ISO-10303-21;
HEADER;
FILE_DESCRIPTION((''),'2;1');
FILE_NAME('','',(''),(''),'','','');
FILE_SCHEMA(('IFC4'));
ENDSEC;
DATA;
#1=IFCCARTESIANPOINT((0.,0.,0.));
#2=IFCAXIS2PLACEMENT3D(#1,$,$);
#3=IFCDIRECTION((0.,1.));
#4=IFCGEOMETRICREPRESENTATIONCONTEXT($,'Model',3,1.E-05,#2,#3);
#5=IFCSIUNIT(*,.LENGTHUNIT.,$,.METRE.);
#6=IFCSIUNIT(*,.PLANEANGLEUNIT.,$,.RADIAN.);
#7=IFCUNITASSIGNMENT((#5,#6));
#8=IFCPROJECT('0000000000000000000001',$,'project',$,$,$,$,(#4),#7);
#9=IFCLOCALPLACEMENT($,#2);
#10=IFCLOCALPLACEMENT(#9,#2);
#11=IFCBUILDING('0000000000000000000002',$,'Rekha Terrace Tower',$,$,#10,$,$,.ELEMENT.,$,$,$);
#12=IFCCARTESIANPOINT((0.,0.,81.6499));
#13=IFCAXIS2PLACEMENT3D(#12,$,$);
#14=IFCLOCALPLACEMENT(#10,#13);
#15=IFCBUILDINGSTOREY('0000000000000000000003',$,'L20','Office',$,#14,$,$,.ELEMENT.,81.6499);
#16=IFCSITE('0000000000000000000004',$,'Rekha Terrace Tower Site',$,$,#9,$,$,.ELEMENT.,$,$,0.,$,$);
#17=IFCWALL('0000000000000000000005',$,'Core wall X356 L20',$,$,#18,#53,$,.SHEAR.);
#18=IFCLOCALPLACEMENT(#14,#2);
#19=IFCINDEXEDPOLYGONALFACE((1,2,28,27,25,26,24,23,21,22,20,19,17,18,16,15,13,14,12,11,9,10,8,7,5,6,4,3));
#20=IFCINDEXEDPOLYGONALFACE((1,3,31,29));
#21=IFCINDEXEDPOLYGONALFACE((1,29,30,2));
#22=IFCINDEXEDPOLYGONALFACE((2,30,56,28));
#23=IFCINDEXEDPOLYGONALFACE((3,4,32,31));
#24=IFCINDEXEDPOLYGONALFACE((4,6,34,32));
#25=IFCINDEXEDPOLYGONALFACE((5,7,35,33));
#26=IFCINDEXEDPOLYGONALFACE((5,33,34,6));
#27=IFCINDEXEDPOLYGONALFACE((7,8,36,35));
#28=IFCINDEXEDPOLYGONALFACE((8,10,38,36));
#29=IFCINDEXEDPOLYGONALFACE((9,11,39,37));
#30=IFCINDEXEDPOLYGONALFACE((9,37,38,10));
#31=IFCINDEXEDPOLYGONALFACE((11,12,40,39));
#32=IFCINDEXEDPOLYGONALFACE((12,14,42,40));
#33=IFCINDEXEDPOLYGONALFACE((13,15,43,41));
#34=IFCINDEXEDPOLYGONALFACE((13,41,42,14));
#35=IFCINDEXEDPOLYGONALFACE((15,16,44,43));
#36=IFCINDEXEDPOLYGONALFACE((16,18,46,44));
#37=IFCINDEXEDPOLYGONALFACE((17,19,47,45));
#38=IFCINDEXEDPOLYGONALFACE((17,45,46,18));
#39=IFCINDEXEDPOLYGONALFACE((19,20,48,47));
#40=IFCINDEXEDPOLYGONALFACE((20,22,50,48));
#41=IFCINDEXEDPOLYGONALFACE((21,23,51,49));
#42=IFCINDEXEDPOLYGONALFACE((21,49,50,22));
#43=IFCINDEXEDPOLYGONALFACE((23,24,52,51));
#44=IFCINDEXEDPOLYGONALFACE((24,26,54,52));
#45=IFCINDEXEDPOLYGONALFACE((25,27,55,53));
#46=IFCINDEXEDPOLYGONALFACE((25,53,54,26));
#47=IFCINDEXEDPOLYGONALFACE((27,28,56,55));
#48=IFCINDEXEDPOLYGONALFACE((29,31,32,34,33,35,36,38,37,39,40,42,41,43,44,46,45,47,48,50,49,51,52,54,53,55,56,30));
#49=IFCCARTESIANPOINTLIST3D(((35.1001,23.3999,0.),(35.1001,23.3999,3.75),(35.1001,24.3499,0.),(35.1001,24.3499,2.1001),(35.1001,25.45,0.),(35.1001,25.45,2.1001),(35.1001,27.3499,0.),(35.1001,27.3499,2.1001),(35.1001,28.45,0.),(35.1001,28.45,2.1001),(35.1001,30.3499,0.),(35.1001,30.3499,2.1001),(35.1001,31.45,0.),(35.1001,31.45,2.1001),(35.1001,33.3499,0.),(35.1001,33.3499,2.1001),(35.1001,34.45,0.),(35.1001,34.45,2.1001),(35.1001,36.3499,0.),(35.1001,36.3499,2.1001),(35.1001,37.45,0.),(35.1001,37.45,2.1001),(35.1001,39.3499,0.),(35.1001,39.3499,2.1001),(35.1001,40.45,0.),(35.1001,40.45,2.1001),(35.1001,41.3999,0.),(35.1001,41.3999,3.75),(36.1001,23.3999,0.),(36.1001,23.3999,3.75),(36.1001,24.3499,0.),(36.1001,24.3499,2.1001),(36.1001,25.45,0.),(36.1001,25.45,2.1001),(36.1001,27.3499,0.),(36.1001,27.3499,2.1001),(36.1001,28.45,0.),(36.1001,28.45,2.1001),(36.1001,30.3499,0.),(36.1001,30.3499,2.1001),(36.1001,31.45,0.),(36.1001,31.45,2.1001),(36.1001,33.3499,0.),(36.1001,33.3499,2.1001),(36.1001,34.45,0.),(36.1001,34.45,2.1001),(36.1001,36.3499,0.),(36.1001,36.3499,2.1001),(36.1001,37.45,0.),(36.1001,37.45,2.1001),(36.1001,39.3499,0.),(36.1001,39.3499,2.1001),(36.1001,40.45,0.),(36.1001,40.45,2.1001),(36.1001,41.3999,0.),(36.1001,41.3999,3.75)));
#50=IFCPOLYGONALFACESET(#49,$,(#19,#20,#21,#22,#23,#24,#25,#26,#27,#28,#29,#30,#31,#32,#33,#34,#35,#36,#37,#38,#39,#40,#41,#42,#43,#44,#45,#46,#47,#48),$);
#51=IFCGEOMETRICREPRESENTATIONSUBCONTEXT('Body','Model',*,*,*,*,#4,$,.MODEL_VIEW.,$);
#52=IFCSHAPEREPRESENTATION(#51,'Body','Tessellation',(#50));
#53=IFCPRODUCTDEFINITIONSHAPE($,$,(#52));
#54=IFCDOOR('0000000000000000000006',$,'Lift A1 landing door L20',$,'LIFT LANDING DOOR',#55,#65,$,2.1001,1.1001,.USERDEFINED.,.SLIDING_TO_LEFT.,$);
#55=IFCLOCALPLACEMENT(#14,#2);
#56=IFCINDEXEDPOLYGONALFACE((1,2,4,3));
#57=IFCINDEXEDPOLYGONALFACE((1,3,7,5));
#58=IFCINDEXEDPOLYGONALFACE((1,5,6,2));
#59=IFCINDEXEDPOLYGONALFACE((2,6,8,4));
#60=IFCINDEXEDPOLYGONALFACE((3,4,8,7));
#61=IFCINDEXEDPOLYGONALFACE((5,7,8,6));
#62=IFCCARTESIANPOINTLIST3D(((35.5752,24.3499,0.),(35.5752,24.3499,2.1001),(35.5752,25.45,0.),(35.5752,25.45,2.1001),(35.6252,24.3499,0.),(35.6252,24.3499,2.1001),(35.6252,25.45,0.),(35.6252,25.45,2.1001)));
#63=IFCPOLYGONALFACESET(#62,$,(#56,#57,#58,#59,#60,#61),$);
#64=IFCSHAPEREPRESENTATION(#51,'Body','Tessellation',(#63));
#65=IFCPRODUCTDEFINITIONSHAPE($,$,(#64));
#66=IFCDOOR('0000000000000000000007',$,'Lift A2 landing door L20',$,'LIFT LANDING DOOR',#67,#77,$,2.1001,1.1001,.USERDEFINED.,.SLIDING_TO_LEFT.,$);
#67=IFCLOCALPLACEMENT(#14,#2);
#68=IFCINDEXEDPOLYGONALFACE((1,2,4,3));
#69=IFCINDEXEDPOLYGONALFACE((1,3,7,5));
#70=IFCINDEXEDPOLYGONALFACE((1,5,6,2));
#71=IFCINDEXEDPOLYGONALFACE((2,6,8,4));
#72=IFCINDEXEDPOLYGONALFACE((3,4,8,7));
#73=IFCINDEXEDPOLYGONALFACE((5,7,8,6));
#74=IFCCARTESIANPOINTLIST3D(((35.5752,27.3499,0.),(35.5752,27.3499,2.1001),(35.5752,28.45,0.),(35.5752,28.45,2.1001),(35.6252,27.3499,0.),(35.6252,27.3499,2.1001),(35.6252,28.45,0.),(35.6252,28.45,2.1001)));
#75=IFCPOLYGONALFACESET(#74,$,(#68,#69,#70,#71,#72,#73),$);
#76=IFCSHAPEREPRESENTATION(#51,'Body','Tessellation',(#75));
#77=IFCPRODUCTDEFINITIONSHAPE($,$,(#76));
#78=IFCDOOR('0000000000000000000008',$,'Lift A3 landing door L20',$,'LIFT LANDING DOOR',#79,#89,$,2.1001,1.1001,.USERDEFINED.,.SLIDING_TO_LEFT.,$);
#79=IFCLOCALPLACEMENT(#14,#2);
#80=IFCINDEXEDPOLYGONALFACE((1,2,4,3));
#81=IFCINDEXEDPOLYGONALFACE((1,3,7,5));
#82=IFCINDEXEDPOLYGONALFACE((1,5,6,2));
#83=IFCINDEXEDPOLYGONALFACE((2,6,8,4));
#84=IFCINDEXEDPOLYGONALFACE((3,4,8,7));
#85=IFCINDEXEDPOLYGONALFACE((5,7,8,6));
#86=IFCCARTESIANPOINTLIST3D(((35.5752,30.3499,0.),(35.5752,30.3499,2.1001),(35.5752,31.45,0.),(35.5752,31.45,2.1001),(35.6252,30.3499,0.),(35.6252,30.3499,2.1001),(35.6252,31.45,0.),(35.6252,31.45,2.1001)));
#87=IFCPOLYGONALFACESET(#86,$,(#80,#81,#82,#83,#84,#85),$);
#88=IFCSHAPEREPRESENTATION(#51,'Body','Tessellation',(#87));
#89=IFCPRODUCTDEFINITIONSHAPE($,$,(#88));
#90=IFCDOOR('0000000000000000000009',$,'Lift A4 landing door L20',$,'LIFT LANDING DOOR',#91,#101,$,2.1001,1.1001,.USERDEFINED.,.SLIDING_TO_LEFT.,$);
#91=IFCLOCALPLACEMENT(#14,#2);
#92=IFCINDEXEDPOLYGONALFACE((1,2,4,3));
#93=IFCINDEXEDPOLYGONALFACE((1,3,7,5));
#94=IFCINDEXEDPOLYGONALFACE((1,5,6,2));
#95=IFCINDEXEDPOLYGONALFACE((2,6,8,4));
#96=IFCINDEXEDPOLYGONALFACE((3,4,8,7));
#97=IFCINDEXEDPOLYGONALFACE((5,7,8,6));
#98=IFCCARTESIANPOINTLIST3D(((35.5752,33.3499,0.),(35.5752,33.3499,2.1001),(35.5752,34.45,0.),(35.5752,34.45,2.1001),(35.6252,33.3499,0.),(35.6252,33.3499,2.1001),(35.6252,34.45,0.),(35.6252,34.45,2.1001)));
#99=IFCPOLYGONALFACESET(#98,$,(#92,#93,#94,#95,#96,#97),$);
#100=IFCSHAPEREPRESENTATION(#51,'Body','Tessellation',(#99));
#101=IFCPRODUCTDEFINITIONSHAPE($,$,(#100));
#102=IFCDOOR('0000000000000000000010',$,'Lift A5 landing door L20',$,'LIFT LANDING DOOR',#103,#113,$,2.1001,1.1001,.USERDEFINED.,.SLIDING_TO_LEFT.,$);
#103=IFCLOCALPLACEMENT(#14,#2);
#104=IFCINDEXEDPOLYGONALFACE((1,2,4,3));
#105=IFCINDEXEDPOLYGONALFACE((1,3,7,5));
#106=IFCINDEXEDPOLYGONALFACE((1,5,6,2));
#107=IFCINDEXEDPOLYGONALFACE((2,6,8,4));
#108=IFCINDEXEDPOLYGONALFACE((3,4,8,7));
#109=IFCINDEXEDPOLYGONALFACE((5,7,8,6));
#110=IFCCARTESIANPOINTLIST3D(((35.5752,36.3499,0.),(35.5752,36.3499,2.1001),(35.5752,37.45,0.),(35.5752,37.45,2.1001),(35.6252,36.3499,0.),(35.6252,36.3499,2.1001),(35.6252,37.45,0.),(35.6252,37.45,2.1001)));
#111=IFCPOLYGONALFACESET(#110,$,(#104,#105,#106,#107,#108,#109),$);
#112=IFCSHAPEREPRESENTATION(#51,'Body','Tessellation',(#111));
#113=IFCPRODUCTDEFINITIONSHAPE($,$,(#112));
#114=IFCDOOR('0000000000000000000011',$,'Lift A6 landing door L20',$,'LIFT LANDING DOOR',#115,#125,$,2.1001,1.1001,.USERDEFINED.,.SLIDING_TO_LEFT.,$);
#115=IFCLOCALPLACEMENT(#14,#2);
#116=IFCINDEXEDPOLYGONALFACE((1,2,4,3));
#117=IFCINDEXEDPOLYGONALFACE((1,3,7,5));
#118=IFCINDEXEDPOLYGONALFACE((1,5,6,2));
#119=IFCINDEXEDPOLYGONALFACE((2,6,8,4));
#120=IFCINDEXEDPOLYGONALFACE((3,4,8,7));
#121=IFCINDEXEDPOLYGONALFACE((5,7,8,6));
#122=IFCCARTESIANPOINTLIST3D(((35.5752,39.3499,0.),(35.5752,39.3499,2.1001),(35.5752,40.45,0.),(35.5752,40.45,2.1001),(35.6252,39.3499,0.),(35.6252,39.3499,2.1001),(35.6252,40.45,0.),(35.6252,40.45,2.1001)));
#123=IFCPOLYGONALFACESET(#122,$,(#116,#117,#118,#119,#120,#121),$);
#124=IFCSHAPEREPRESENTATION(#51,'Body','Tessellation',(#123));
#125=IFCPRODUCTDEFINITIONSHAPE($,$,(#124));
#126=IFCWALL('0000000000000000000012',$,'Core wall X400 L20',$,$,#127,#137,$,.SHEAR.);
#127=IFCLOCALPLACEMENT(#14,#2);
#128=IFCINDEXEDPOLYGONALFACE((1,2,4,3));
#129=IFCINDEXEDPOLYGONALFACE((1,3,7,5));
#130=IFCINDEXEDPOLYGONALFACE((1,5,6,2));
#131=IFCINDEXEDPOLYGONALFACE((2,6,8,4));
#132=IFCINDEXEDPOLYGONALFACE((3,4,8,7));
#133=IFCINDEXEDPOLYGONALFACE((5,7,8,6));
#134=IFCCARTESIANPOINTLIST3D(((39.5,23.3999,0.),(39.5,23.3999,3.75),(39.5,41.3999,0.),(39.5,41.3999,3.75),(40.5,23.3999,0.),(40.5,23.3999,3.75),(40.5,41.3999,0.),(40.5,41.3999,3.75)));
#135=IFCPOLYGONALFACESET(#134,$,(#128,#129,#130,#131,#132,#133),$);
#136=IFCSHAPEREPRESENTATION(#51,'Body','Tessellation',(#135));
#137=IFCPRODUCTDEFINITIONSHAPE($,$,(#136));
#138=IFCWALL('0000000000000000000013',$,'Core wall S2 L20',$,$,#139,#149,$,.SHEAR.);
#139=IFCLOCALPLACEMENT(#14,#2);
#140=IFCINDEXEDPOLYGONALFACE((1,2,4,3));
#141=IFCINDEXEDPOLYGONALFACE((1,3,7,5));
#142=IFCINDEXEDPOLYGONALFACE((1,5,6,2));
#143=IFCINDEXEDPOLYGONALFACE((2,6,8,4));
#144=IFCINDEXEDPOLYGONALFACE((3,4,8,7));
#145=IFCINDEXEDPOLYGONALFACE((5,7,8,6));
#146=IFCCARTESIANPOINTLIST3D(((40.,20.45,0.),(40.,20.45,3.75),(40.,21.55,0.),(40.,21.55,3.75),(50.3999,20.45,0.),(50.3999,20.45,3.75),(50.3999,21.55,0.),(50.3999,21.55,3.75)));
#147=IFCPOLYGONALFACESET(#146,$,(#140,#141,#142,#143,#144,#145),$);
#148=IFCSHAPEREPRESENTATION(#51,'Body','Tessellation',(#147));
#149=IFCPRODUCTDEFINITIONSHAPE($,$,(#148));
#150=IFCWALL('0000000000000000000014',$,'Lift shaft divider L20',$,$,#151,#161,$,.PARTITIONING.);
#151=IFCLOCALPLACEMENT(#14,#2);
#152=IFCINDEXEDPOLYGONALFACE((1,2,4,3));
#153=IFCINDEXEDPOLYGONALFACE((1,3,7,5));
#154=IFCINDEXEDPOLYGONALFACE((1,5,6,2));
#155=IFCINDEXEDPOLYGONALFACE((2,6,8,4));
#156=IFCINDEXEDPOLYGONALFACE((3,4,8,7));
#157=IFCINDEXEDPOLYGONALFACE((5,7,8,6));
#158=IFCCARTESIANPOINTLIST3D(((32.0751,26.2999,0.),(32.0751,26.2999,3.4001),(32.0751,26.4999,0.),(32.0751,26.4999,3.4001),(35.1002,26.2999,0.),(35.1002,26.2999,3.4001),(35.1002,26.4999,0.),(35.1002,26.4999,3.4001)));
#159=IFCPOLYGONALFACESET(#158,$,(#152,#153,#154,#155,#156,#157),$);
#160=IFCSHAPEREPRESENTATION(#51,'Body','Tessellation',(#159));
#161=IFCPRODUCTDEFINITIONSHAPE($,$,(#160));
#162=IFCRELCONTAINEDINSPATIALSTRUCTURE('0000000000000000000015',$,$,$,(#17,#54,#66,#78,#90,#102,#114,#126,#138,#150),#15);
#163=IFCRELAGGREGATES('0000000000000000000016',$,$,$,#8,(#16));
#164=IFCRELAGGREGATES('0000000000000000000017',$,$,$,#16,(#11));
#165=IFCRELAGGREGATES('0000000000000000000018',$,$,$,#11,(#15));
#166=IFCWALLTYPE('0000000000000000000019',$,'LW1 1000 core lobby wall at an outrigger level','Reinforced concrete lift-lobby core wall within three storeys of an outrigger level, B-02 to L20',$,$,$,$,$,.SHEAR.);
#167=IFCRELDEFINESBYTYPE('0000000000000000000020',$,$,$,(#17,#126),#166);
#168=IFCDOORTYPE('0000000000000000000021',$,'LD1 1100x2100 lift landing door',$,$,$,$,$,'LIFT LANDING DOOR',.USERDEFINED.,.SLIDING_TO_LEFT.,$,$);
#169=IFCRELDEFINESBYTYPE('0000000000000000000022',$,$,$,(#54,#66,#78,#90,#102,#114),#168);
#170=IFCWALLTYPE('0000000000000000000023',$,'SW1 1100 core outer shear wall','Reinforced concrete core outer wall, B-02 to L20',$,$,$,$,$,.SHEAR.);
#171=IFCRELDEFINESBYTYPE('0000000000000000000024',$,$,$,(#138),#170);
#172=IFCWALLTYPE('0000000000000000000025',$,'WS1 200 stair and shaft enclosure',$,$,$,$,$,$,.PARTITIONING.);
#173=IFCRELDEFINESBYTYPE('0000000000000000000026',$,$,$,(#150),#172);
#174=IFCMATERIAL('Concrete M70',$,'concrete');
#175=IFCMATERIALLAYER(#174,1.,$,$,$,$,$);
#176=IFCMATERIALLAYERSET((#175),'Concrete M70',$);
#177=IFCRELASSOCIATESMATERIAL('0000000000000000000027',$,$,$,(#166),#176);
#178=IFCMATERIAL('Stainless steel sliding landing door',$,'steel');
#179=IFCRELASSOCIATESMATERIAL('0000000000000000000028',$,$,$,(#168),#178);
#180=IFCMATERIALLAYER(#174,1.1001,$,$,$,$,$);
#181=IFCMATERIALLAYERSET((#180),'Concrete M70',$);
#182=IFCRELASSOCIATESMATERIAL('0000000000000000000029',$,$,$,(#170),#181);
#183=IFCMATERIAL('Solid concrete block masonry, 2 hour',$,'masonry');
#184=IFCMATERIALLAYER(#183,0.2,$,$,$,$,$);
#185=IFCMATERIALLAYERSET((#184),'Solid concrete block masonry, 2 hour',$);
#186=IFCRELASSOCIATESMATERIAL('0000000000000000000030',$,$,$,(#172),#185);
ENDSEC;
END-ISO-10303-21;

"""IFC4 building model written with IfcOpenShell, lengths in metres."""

from ifc_helpers import new_model, si_unit, direction, frame, frame_2d, origin, place, context, subcontext, project, spatial, rectangle, extrude, material, layer, layer_set, type_object, element, fill, save


model = new_model("IFC4")

# Units and contexts
model_context = context("Model", 3, precision=1e-05, world=origin(), true_north=direction((0.0, 1.0)))
body_context = subcontext(model_context, "Body", "Model", "MODEL_VIEW")
ifc_project = project(units=[si_unit("LENGTHUNIT", "METRE"), si_unit("PLANEANGLEUNIT", "RADIAN")], contexts=[model_context])

# Site, building, storey
site_placement = place(None, origin())
site = spatial("IfcSite", under=ifc_project, at=site_placement, Name="Rekha Terrace Tower Site", CompositionType="ELEMENT", RefElevation=0.0)
building_placement = place(site_placement, origin())
building = spatial("IfcBuilding", under=site, at=building_placement, Name="Rekha Terrace Tower", CompositionType="ELEMENT")
storey_placement = place(building_placement, frame((0.0, 0.0, 81.6499)))
storey = spatial("IfcBuildingStorey", under=building, at=storey_placement, Name="L20", Description="Office", CompositionType="ELEMENT", Elevation=81.6499)

# Shared definitions
ifc_material_1 = material(Name="Concrete M70", Category="concrete")

# Wall, openings, doors
ifc_layer_1 = layer(ifc_material_1, 1.0)
ifc_layer_set_1 = layer_set([ifc_layer_1], Name="Concrete M70")
wall_type_1 = type_object("IfcWallType", Name="LW1 1000 core lobby wall at an outrigger level", Description="Reinforced concrete lift-lobby core wall within three storeys of an outrigger level, B-02 to L20", PredefinedType="SHEAR", material=ifc_layer_set_1)
wall_1_placement = place(storey_placement, frame((35.6001, 23.3999, 0.0), z_axis=(0.0, 0.0, 1.0), x_axis=(0.0, 1.0, 0.0)))
wall_1 = element("IfcWall", 1, at=wall_1_placement, inside=storey, type_object=wall_type_1, Name="Core wall X356 L20", PredefinedType="SHEAR", context=body_context, shape_type="SweptSolid", body=[
    extrude(rectangle(XDim=18.0, YDim=1.0, at=frame_2d((9.0, 0.0))), origin(), (0.0, 0.0, 1.0), 3.75),
])
opening_1_placement = place(wall_1_placement, frame((0.95, 0.0, 0.0)))
opening_1 = element("IfcOpeningElement", 2, at=opening_1_placement, cuts=wall_1, PredefinedType="OPENING", context=body_context, shape_type="SweptSolid", body=[
    extrude(rectangle(XDim=1.1001, YDim=2.1001, at=frame_2d((0.55, 1.05))), frame((0.0, 0.51, 0.0), z_axis=(0.0, -1.0, 0.0), x_axis=(1.0, 0.0, 0.0)), (0.0, 0.0, 1.0), 1.02),
])
opening_2_placement = place(wall_1_placement, frame((3.95, 0.0, 0.0)))
opening_2 = element("IfcOpeningElement", 3, at=opening_2_placement, cuts=wall_1, PredefinedType="OPENING", context=body_context, shape_type="SweptSolid", body=[
    extrude(rectangle(XDim=1.1001, YDim=2.1001, at=frame_2d((0.55, 1.05))), frame((0.0, 0.51, 0.0), z_axis=(0.0, -1.0, 0.0), x_axis=(1.0, 0.0, 0.0)), (0.0, 0.0, 1.0), 1.02),
])
opening_3_placement = place(wall_1_placement, frame((6.95, 0.0, 0.0)))
opening_3 = element("IfcOpeningElement", 4, at=opening_3_placement, cuts=wall_1, PredefinedType="OPENING", context=body_context, shape_type="SweptSolid", body=[
    extrude(rectangle(XDim=1.1001, YDim=2.1001, at=frame_2d((0.55, 1.05))), frame((0.0, 0.51, 0.0), z_axis=(0.0, -1.0, 0.0), x_axis=(1.0, 0.0, 0.0)), (0.0, 0.0, 1.0), 1.02),
])
opening_4_placement = place(wall_1_placement, frame((9.95, 0.0, 0.0)))
opening_4 = element("IfcOpeningElement", 5, at=opening_4_placement, cuts=wall_1, PredefinedType="OPENING", context=body_context, shape_type="SweptSolid", body=[
    extrude(rectangle(XDim=1.1001, YDim=2.1001, at=frame_2d((0.55, 1.05))), frame((0.0, 0.51, 0.0), z_axis=(0.0, -1.0, 0.0), x_axis=(1.0, 0.0, 0.0)), (0.0, 0.0, 1.0), 1.02),
])
opening_5_placement = place(wall_1_placement, frame((12.95, 0.0, 0.0)))
opening_5 = element("IfcOpeningElement", 6, at=opening_5_placement, cuts=wall_1, PredefinedType="OPENING", context=body_context, shape_type="SweptSolid", body=[
    extrude(rectangle(XDim=1.1001, YDim=2.1001, at=frame_2d((0.55, 1.05))), frame((0.0, 0.51, 0.0), z_axis=(0.0, -1.0, 0.0), x_axis=(1.0, 0.0, 0.0)), (0.0, 0.0, 1.0), 1.02),
])
opening_6_placement = place(wall_1_placement, frame((15.95, 0.0, 0.0)))
opening_6 = element("IfcOpeningElement", 7, at=opening_6_placement, cuts=wall_1, PredefinedType="OPENING", context=body_context, shape_type="SweptSolid", body=[
    extrude(rectangle(XDim=1.1001, YDim=2.1001, at=frame_2d((0.55, 1.05))), frame((0.0, 0.51, 0.0), z_axis=(0.0, -1.0, 0.0), x_axis=(1.0, 0.0, 0.0)), (0.0, 0.0, 1.0), 1.02),
])
ifc_material_2 = material(Name="Stainless steel sliding landing door", Category="steel")
door_type_1 = type_object("IfcDoorType", Name="LD1 1100x2100 lift landing door", ElementType="LIFT LANDING DOOR", OperationType="SLIDING_TO_LEFT", PredefinedType="USERDEFINED", material=ifc_material_2)
door_1_placement = place(opening_1_placement, origin())
door_1 = element("IfcDoor", 8, at=door_1_placement, inside=storey, type_object=door_type_1, Name="Lift A1 landing door L20", ObjectType="LIFT LANDING DOOR", OperationType="SLIDING_TO_LEFT", OverallHeight=2.1001, OverallWidth=1.1001, PredefinedType="USERDEFINED", context=body_context, shape_type="SweptSolid", body=[
    extrude(rectangle(XDim=1.1001, YDim=2.1001, at=frame_2d((0.55, 1.05))), frame((0.0, 0.0249, 0.0), z_axis=(0.0, -1.0, 0.0), x_axis=(1.0, 0.0, 0.0)), (0.0, 0.0, 1.0), 0.05),
])
fill(opening_1, door_1)
door_2_placement = place(opening_2_placement, origin())
door_2 = element("IfcDoor", 9, at=door_2_placement, inside=storey, type_object=door_type_1, Name="Lift A2 landing door L20", ObjectType="LIFT LANDING DOOR", OperationType="SLIDING_TO_LEFT", OverallHeight=2.1001, OverallWidth=1.1001, PredefinedType="USERDEFINED", context=body_context, shape_type="SweptSolid", body=[
    extrude(rectangle(XDim=1.1001, YDim=2.1001, at=frame_2d((0.55, 1.05))), frame((0.0, 0.0249, 0.0), z_axis=(0.0, -1.0, 0.0), x_axis=(1.0, 0.0, 0.0)), (0.0, 0.0, 1.0), 0.05),
])
fill(opening_2, door_2)
door_3_placement = place(opening_3_placement, origin())
door_3 = element("IfcDoor", 10, at=door_3_placement, inside=storey, type_object=door_type_1, Name="Lift A3 landing door L20", ObjectType="LIFT LANDING DOOR", OperationType="SLIDING_TO_LEFT", OverallHeight=2.1001, OverallWidth=1.1001, PredefinedType="USERDEFINED", context=body_context, shape_type="SweptSolid", body=[
    extrude(rectangle(XDim=1.1001, YDim=2.1001, at=frame_2d((0.55, 1.05))), frame((0.0, 0.0249, 0.0), z_axis=(0.0, -1.0, 0.0), x_axis=(1.0, 0.0, 0.0)), (0.0, 0.0, 1.0), 0.05),
])
fill(opening_3, door_3)
door_4_placement = place(opening_4_placement, origin())
door_4 = element("IfcDoor", 11, at=door_4_placement, inside=storey, type_object=door_type_1, Name="Lift A4 landing door L20", ObjectType="LIFT LANDING DOOR", OperationType="SLIDING_TO_LEFT", OverallHeight=2.1001, OverallWidth=1.1001, PredefinedType="USERDEFINED", context=body_context, shape_type="SweptSolid", body=[
    extrude(rectangle(XDim=1.1001, YDim=2.1001, at=frame_2d((0.55, 1.05))), frame((0.0, 0.0249, 0.0), z_axis=(0.0, -1.0, 0.0), x_axis=(1.0, 0.0, 0.0)), (0.0, 0.0, 1.0), 0.05),
])
fill(opening_4, door_4)
door_5_placement = place(opening_5_placement, origin())
door_5 = element("IfcDoor", 12, at=door_5_placement, inside=storey, type_object=door_type_1, Name="Lift A5 landing door L20", ObjectType="LIFT LANDING DOOR", OperationType="SLIDING_TO_LEFT", OverallHeight=2.1001, OverallWidth=1.1001, PredefinedType="USERDEFINED", context=body_context, shape_type="SweptSolid", body=[
    extrude(rectangle(XDim=1.1001, YDim=2.1001, at=frame_2d((0.55, 1.05))), frame((0.0, 0.0249, 0.0), z_axis=(0.0, -1.0, 0.0), x_axis=(1.0, 0.0, 0.0)), (0.0, 0.0, 1.0), 0.05),
])
fill(opening_5, door_5)
door_6_placement = place(opening_6_placement, origin())
door_6 = element("IfcDoor", 13, at=door_6_placement, inside=storey, type_object=door_type_1, Name="Lift A6 landing door L20", ObjectType="LIFT LANDING DOOR", OperationType="SLIDING_TO_LEFT", OverallHeight=2.1001, OverallWidth=1.1001, PredefinedType="USERDEFINED", context=body_context, shape_type="SweptSolid", body=[
    extrude(rectangle(XDim=1.1001, YDim=2.1001, at=frame_2d((0.55, 1.05))), frame((0.0, 0.0249, 0.0), z_axis=(0.0, -1.0, 0.0), x_axis=(1.0, 0.0, 0.0)), (0.0, 0.0, 1.0), 0.05),
])
fill(opening_6, door_6)

# Walls
wall_2_placement = place(storey_placement, frame((40.0, 23.3999, 0.0), z_axis=(0.0, 0.0, 1.0), x_axis=(0.0, 1.0, 0.0)))
element("IfcWall", 14, at=wall_2_placement, inside=storey, type_object=wall_type_1, Name="Core wall X400 L20", PredefinedType="SHEAR", context=body_context, shape_type="SweptSolid", body=[
    extrude(rectangle(XDim=18.0, YDim=1.0, at=frame_2d((9.0, 0.0))), origin(), (0.0, 0.0, 1.0), 3.75),
])
ifc_layer_2 = layer(ifc_material_1, 1.1001)
ifc_layer_set_2 = layer_set([ifc_layer_2], Name="Concrete M70")
wall_type_2 = type_object("IfcWallType", Name="SW1 1100 core outer shear wall", Description="Reinforced concrete core outer wall, B-02 to L20", PredefinedType="SHEAR", material=ifc_layer_set_2)
wall_3_placement = place(storey_placement, frame((40.0, 21.0, 0.0), z_axis=(0.0, 0.0, 1.0), x_axis=(1.0, 0.0, 0.0)))
element("IfcWall", 15, at=wall_3_placement, inside=storey, type_object=wall_type_2, Name="Core wall S2 L20", PredefinedType="SHEAR", context=body_context, shape_type="SweptSolid", body=[
    extrude(rectangle(XDim=10.3999, YDim=1.1001, at=frame_2d((5.2, 0.0))), origin(), (0.0, 0.0, 1.0), 3.75),
])
ifc_material_3 = material(Name="Solid concrete block masonry, 2 hour", Category="masonry")
ifc_layer_3 = layer(ifc_material_3, 0.2)
ifc_layer_set_3 = layer_set([ifc_layer_3], Name="Solid concrete block masonry, 2 hour")
wall_type_3 = type_object("IfcWallType", Name="WS1 200 stair and shaft enclosure", PredefinedType="PARTITIONING", material=ifc_layer_set_3)
for number, where, z_axis, x_axis, name in (
    (16, (32.075, 26.3999, 0.0), (0.0, 0.0, 1.0), (1.0, 0.0, 0.0), "Lift shaft divider L20"),
):
    element("IfcWall", number, at=place(storey_placement, frame(where, z_axis=z_axis, x_axis=x_axis)), inside=storey, type_object=wall_type_3, Name=name, PredefinedType="PARTITIONING", context=body_context, shape_type="SweptSolid", body=[
        extrude(rectangle(XDim=3.0251, YDim=0.2, at=frame_2d((1.5127, 0.0))), origin(), (0.0, 0.0, 1.0), 3.4001),
    ])

save(model, "model.ifc")
